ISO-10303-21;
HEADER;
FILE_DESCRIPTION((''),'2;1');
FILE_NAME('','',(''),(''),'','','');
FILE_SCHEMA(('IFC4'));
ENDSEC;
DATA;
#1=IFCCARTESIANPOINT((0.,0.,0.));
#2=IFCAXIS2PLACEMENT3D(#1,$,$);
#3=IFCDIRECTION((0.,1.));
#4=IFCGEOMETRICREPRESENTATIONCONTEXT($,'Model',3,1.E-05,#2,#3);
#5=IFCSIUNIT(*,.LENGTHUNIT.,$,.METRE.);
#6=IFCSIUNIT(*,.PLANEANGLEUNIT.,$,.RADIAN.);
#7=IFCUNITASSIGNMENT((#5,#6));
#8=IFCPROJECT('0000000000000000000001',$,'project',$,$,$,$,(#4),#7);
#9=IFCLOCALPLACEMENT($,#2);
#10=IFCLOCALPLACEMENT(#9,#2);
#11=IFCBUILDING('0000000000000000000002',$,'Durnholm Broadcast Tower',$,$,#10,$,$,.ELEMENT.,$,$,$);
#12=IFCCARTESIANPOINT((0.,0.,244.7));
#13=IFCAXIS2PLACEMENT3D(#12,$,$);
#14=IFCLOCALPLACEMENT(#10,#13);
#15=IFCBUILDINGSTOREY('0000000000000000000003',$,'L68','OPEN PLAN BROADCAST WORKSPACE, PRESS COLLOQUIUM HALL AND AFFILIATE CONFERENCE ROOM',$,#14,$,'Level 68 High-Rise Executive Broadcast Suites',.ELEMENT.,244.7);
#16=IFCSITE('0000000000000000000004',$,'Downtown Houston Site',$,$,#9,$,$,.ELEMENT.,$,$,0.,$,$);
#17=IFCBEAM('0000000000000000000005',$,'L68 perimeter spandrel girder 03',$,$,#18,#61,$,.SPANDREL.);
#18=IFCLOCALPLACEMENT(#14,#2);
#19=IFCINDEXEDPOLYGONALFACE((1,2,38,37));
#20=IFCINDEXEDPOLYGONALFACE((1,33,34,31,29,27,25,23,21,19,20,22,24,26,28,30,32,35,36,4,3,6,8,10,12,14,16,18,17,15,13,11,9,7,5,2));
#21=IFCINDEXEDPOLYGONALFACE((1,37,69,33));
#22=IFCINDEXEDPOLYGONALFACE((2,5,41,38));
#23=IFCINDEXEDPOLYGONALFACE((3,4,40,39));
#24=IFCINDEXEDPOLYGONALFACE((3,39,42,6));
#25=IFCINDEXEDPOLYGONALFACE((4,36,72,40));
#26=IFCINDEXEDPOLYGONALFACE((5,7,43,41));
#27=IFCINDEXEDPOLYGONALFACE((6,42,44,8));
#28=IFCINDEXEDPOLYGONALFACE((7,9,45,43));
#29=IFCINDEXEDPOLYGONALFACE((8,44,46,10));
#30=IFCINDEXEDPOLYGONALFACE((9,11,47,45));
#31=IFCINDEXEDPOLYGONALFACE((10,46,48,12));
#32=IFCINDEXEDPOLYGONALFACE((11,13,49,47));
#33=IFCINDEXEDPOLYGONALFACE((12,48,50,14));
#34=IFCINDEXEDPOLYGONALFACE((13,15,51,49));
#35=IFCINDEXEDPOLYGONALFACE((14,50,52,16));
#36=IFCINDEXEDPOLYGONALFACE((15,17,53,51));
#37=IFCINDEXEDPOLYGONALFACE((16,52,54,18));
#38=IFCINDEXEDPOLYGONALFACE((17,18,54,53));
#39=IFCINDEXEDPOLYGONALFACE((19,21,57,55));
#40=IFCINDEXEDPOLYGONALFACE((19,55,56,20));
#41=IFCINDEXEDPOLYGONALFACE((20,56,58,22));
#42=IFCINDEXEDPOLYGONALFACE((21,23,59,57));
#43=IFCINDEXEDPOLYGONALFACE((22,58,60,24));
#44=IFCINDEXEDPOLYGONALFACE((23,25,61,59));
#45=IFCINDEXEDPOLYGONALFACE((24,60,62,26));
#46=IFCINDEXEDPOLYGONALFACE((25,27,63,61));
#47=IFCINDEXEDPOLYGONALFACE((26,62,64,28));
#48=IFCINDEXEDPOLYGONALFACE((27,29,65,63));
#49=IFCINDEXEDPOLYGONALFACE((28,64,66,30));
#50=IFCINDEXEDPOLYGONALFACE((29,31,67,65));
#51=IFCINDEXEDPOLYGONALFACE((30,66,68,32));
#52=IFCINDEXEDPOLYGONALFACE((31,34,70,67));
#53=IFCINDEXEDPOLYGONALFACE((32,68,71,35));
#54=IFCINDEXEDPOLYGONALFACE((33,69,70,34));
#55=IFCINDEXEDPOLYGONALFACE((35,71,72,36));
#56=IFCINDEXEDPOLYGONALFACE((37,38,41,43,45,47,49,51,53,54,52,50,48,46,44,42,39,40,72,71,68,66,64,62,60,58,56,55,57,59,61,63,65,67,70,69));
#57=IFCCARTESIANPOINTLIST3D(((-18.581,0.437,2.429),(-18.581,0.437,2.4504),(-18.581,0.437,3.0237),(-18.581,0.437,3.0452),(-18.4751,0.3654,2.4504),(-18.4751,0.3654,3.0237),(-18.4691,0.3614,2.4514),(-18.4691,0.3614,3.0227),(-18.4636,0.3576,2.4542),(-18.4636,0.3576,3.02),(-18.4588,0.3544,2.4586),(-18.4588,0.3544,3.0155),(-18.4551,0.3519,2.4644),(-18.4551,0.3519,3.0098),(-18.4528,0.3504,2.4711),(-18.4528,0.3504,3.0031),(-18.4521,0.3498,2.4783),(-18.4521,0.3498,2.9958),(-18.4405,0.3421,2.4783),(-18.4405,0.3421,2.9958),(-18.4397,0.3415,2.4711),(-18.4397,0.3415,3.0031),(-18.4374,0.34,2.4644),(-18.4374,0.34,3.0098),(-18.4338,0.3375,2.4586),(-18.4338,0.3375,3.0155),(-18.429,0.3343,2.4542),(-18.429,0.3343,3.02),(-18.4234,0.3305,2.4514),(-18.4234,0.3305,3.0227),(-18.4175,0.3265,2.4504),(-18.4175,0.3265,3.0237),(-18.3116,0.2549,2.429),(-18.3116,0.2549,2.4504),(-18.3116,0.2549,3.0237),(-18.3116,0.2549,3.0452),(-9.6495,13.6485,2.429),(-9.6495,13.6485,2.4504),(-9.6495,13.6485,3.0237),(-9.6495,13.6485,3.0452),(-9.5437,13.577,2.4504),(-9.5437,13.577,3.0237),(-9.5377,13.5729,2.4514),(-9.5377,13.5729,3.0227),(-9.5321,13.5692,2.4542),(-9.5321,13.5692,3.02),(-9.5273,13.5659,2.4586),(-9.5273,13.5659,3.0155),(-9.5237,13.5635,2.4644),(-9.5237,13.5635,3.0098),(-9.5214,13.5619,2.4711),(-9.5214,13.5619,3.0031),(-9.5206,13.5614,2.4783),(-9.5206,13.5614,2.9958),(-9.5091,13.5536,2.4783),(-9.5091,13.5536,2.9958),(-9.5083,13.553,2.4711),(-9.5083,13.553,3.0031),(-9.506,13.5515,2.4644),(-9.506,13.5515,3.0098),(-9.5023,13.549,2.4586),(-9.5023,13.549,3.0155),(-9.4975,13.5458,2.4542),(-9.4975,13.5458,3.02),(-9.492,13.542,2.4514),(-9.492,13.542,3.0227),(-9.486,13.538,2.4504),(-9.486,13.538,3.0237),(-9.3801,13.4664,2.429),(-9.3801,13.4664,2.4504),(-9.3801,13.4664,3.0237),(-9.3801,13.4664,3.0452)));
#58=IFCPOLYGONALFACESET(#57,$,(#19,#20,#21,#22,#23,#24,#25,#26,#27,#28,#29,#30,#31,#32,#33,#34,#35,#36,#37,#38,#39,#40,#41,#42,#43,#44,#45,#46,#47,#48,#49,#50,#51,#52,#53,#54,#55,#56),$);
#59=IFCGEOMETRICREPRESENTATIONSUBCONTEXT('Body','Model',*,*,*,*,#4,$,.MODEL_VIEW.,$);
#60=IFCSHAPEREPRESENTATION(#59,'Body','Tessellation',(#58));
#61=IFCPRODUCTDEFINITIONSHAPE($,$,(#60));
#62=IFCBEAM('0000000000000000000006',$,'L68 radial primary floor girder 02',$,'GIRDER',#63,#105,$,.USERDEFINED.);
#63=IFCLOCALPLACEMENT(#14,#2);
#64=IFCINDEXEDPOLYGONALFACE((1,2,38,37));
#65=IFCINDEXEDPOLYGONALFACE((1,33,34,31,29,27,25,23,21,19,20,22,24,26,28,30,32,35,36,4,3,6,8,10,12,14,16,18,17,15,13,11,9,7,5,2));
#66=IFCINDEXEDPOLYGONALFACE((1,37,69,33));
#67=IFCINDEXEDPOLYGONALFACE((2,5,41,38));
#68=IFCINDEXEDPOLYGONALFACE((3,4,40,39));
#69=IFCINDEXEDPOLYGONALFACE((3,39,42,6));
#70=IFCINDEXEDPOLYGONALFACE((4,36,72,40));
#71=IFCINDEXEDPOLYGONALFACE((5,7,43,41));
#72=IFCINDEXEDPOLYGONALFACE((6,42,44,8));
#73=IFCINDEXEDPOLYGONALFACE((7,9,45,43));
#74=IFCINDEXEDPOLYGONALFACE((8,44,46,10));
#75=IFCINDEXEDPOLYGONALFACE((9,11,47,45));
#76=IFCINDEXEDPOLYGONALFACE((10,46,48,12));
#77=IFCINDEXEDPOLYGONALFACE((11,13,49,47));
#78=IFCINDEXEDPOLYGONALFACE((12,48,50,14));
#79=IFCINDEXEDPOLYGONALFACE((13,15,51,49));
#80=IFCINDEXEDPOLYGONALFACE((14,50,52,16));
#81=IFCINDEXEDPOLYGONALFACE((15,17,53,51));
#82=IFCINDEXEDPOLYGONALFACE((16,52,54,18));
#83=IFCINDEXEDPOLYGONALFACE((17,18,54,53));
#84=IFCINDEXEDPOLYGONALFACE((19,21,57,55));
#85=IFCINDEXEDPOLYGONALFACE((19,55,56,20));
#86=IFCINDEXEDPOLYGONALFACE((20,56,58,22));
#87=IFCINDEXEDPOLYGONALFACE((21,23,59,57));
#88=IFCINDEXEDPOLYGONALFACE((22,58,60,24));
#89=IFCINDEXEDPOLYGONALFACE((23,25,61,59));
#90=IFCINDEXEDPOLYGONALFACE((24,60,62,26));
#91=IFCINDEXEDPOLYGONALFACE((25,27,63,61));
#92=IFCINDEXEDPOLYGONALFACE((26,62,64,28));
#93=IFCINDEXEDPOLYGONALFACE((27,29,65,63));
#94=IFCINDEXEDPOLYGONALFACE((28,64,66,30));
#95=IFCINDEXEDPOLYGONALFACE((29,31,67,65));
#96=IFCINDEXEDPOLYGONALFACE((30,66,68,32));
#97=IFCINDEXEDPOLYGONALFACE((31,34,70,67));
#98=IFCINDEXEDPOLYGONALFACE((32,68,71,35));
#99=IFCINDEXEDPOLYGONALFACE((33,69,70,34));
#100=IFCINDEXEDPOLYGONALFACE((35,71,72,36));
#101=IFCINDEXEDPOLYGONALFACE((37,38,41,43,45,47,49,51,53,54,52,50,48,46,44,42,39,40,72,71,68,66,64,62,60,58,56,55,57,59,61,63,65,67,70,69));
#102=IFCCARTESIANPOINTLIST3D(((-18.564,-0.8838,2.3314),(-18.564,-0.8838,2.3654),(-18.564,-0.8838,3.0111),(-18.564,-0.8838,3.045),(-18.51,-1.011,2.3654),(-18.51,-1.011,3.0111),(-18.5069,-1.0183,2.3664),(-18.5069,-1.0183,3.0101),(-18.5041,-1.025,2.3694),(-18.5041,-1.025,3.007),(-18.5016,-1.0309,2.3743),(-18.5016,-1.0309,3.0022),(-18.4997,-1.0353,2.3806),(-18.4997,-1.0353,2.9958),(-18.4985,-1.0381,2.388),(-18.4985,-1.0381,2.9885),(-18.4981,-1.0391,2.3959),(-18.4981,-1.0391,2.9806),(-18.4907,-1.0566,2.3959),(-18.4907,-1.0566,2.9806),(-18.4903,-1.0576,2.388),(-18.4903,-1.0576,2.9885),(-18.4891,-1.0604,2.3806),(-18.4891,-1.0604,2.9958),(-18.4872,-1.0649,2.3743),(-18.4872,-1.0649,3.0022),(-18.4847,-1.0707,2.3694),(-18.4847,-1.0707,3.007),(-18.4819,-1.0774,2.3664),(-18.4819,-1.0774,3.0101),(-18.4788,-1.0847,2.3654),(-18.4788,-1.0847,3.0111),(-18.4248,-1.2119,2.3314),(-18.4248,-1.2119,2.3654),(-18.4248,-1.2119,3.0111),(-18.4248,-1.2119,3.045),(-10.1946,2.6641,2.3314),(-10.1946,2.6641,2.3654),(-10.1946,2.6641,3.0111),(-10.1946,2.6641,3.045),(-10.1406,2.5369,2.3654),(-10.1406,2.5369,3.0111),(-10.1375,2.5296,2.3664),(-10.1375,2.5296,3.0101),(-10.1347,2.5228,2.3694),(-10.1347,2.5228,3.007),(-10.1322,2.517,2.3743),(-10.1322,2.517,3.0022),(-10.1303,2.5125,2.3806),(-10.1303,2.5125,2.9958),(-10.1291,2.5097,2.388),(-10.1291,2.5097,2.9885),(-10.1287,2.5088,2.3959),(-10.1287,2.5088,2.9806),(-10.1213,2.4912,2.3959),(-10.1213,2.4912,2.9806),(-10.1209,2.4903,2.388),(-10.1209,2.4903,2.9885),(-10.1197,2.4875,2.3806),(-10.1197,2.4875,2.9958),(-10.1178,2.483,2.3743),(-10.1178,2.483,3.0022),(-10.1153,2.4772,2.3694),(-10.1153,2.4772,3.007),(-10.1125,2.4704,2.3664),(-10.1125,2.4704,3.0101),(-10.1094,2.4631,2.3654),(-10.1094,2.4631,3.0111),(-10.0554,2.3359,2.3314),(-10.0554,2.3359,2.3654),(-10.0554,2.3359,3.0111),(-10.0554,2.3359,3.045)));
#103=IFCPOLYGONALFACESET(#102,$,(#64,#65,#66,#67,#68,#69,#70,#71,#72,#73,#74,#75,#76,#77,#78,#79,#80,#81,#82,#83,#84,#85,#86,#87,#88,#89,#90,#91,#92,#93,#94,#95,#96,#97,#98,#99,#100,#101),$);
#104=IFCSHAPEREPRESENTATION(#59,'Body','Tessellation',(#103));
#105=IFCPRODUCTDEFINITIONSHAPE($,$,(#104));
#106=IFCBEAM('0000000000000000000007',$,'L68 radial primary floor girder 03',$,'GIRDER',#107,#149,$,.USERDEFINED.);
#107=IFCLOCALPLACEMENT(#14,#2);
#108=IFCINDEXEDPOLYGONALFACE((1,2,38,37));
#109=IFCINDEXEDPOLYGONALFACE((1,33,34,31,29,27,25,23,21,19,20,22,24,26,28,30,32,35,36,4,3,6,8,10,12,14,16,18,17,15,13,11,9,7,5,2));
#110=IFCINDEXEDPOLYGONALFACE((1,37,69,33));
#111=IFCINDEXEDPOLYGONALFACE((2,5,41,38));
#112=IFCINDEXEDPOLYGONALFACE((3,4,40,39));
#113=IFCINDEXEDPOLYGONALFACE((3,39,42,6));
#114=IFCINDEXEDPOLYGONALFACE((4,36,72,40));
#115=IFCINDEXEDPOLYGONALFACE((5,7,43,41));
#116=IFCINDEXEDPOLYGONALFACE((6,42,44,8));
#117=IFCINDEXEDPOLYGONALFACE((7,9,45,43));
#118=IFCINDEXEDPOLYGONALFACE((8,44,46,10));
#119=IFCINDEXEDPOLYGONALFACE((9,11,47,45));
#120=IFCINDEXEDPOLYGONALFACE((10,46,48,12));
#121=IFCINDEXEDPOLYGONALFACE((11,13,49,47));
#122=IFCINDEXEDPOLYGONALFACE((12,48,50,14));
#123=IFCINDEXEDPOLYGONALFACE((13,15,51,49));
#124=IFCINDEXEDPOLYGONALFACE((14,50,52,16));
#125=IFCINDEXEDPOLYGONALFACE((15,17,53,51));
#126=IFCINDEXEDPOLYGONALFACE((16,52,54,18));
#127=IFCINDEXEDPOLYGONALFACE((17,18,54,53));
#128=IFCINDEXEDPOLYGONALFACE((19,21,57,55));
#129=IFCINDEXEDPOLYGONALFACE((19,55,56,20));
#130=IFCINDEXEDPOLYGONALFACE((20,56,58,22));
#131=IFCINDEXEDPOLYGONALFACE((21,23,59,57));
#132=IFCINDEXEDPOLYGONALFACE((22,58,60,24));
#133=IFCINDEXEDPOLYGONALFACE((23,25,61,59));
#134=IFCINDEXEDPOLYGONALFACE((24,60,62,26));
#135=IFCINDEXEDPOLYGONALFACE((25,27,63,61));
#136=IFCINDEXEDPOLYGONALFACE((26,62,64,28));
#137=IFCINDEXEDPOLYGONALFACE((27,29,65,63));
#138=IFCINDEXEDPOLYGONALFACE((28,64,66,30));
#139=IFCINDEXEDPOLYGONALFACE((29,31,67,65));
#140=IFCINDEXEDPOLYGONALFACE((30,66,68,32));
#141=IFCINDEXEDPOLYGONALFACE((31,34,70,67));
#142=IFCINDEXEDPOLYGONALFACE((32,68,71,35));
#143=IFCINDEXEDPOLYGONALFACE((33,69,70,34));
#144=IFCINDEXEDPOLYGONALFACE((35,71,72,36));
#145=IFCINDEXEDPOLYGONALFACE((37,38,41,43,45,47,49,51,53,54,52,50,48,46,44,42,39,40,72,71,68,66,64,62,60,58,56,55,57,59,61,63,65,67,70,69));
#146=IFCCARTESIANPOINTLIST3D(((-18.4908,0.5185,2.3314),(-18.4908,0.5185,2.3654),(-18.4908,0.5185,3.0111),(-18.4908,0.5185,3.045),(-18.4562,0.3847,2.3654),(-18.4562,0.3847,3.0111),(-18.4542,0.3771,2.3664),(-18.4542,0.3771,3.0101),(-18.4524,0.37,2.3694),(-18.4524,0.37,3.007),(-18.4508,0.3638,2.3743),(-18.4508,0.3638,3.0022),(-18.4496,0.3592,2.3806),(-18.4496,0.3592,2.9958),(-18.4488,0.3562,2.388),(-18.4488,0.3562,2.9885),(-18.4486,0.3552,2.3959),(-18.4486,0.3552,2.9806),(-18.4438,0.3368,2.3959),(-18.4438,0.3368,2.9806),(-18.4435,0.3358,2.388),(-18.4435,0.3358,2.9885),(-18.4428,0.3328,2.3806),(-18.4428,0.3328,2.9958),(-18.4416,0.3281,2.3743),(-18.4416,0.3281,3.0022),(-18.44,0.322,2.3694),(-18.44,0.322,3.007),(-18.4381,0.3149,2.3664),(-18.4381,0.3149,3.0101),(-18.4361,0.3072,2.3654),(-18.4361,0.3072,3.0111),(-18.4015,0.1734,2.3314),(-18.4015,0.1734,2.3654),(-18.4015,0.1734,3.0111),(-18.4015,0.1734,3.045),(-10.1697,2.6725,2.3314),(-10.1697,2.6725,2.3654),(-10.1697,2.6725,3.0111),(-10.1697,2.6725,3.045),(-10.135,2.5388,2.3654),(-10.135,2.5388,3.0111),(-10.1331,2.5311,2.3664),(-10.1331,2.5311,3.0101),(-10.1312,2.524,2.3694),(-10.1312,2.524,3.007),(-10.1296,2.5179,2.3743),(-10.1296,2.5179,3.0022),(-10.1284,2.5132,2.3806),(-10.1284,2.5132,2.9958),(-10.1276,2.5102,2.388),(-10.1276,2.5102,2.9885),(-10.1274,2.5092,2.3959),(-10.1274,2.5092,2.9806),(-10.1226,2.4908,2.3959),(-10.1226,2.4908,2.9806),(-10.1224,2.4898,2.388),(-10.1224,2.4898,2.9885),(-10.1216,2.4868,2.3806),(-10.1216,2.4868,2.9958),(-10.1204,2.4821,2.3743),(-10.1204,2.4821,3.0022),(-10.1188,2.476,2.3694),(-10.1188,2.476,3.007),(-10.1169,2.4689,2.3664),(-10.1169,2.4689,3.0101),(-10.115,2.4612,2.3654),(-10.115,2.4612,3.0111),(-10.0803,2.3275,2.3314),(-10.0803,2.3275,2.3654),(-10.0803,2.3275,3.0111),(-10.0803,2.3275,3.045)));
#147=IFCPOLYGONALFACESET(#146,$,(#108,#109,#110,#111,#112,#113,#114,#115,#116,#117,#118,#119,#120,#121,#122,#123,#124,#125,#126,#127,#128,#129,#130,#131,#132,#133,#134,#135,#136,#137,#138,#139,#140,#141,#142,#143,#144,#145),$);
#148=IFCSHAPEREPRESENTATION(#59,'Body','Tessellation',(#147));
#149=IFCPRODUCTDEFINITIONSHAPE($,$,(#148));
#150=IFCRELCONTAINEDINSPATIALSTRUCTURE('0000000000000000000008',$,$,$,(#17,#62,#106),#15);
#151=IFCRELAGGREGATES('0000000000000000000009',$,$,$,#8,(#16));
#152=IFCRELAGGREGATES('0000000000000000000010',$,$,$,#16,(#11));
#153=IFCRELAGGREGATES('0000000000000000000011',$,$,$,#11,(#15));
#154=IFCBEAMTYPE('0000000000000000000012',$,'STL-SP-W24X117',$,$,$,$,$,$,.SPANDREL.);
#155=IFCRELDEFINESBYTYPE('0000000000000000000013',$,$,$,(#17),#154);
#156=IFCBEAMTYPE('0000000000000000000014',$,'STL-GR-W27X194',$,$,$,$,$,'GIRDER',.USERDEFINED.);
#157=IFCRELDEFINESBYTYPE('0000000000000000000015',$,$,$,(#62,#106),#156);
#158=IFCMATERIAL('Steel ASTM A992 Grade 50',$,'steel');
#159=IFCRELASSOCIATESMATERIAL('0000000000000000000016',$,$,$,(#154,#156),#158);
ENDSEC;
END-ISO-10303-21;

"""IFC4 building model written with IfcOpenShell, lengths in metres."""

from ifc_helpers import new_model, si_unit, direction, frame, origin, origin_2d, place, context, subcontext, project, spatial, i_section, extrude, source, transform, mapped, material, material_profile, profile_set, type_object, type_shapes, element, save


model = new_model("IFC4")

# Units and contexts
model_context = context("Model", 3, precision=1e-05, world=origin(), true_north=direction((0.0, 1.0)))
body_context = subcontext(model_context, "Body", "Model", "MODEL_VIEW")
ifc_project = project(units=[si_unit("LENGTHUNIT", "METRE"), si_unit("PLANEANGLEUNIT", "RADIAN")], contexts=[model_context])

# Site, building, storey
site_placement = place(None, origin())
site = spatial("IfcSite", under=ifc_project, at=site_placement, Name="Downtown Houston Site", CompositionType="ELEMENT", RefElevation=0.0)
building_placement = place(site_placement, origin())
building = spatial("IfcBuilding", under=site, at=building_placement, Name="Durnholm Broadcast Tower", CompositionType="ELEMENT")
storey_placement = place(building_placement, frame((0.0, 0.0, 244.7)))
storey = spatial("IfcBuildingStorey", under=building, at=storey_placement, Name="L68", Description="OPEN PLAN BROADCAST WORKSPACE, PRESS COLLOQUIUM HALL AND AFFILIATE CONFERENCE ROOM", LongName="Level 68 High-Rise Executive Broadcast Suites", CompositionType="ELEMENT", Elevation=244.7)

# Beams
ifc_material_1 = material(Name="Steel ASTM A992 Grade 50", Category="steel")
ifc_material_profile_1 = material_profile(ifc_material_1, i_section(OverallWidth=0.3252, OverallDepth=0.6162, WebThickness=0.0139, FlangeThickness=0.0215, FilletRadius=0.0278, at=origin_2d()), Name="W24X117")
ifc_profile_set_1 = profile_set([ifc_material_profile_1], Name="Steel ASTM A992 Grade 50")
beam_type_1 = type_object("IfcBeamType", Name="STL-SP-W24X117", PredefinedType="SPANDREL", material=ifc_profile_set_1)
shared_shape_1 = source(origin(), body_context, "Body", "SweptSolid", [
    extrude(i_section(OverallWidth=0.3252, OverallDepth=0.6162, WebThickness=0.0139, FlangeThickness=0.0215, FilletRadius=0.0278, at=origin_2d()), origin(), (0.0, 0.0, 1.0), 15.9473),
])
beam_1_placement = place(storey_placement, frame((-18.4463, 0.3459, 2.7371), z_axis=(0.560062, 0.828451, 0.0), x_axis=(-0.828451, 0.560062, 0.0)))
element("IfcBeam", 1, at=beam_1_placement, inside=storey, type_object=beam_type_1, Name="L68 perimeter spandrel girder 03", PredefinedType="SPANDREL", context=body_context, shape_type="MappedRepresentation", body=[
    mapped(shared_shape_1, transform((0.0, 0.0, 0.0), x_axis=(1.0, 0.0, 0.0), y_axis=(0.0, 1.0, 0.0), z_axis=(0.0, 0.0, 1.0), scale=1.0)),
])
ifc_material_profile_2 = material_profile(ifc_material_1, i_section(OverallWidth=0.3564, OverallDepth=0.7136, WebThickness=0.019, FlangeThickness=0.0339, FilletRadius=0.0305, at=origin_2d()), Name="W27X194")
ifc_profile_set_2 = profile_set([ifc_material_profile_2], Name="Steel ASTM A992 Grade 50")
beam_type_2 = type_object("IfcBeamType", Name="STL-GR-W27X194", ElementType="GIRDER", PredefinedType="USERDEFINED", material=ifc_profile_set_2)
shared_shape_2 = source(origin(), body_context, "Body", "SweptSolid", [
    extrude(i_section(OverallWidth=0.3564, OverallDepth=0.7136, WebThickness=0.019, FlangeThickness=0.0339, FilletRadius=0.0305, at=origin_2d()), origin(), (0.0, 0.0, 1.0), 9.0903),
])
beam_2_placement = place(storey_placement, frame((-10.125, 2.5, 2.6882), z_axis=(-0.920692, -0.390289, 0.0), x_axis=(0.390289, -0.920692, 0.0)))
element("IfcBeam", 2, at=beam_2_placement, inside=storey, type_object=beam_type_2, Name="L68 radial primary floor girder 02", ObjectType="GIRDER", PredefinedType="USERDEFINED", context=body_context, shape_type="MappedRepresentation", body=[
    mapped(shared_shape_2, transform((0.0, 0.0, 0.0), x_axis=(1.0, 0.0, 0.0), y_axis=(0.0, 1.0, 0.0), z_axis=(0.0, 0.0, 1.0), scale=1.0)),
])
shared_shape_3 = source(origin(), body_context, "Body", "SweptSolid", [
    extrude(i_section(OverallWidth=0.3564, OverallDepth=0.7136, WebThickness=0.019, FlangeThickness=0.0339, FilletRadius=0.0305, at=origin_2d()), origin(), (0.0, 0.0, 1.0), 8.5955),
])
type_shapes(beam_type_2, [shared_shape_2, shared_shape_3])
beam_3_placement = place(storey_placement, frame((-10.125, 2.5, 2.6882), z_axis=(-0.968091, -0.2506, 0.0), x_axis=(0.2506, -0.968091, 0.0)))
element("IfcBeam", 3, at=beam_3_placement, inside=storey, type_object=beam_type_2, Name="L68 radial primary floor girder 03", ObjectType="GIRDER", PredefinedType="USERDEFINED", context=body_context, shape_type="MappedRepresentation", body=[
    mapped(shared_shape_3, transform((0.0, 0.0, 0.0), x_axis=(1.0, 0.0, 0.0), y_axis=(0.0, 1.0, 0.0), z_axis=(0.0, 0.0, 1.0), scale=1.0)),
])

save(model, "model.ifc")
